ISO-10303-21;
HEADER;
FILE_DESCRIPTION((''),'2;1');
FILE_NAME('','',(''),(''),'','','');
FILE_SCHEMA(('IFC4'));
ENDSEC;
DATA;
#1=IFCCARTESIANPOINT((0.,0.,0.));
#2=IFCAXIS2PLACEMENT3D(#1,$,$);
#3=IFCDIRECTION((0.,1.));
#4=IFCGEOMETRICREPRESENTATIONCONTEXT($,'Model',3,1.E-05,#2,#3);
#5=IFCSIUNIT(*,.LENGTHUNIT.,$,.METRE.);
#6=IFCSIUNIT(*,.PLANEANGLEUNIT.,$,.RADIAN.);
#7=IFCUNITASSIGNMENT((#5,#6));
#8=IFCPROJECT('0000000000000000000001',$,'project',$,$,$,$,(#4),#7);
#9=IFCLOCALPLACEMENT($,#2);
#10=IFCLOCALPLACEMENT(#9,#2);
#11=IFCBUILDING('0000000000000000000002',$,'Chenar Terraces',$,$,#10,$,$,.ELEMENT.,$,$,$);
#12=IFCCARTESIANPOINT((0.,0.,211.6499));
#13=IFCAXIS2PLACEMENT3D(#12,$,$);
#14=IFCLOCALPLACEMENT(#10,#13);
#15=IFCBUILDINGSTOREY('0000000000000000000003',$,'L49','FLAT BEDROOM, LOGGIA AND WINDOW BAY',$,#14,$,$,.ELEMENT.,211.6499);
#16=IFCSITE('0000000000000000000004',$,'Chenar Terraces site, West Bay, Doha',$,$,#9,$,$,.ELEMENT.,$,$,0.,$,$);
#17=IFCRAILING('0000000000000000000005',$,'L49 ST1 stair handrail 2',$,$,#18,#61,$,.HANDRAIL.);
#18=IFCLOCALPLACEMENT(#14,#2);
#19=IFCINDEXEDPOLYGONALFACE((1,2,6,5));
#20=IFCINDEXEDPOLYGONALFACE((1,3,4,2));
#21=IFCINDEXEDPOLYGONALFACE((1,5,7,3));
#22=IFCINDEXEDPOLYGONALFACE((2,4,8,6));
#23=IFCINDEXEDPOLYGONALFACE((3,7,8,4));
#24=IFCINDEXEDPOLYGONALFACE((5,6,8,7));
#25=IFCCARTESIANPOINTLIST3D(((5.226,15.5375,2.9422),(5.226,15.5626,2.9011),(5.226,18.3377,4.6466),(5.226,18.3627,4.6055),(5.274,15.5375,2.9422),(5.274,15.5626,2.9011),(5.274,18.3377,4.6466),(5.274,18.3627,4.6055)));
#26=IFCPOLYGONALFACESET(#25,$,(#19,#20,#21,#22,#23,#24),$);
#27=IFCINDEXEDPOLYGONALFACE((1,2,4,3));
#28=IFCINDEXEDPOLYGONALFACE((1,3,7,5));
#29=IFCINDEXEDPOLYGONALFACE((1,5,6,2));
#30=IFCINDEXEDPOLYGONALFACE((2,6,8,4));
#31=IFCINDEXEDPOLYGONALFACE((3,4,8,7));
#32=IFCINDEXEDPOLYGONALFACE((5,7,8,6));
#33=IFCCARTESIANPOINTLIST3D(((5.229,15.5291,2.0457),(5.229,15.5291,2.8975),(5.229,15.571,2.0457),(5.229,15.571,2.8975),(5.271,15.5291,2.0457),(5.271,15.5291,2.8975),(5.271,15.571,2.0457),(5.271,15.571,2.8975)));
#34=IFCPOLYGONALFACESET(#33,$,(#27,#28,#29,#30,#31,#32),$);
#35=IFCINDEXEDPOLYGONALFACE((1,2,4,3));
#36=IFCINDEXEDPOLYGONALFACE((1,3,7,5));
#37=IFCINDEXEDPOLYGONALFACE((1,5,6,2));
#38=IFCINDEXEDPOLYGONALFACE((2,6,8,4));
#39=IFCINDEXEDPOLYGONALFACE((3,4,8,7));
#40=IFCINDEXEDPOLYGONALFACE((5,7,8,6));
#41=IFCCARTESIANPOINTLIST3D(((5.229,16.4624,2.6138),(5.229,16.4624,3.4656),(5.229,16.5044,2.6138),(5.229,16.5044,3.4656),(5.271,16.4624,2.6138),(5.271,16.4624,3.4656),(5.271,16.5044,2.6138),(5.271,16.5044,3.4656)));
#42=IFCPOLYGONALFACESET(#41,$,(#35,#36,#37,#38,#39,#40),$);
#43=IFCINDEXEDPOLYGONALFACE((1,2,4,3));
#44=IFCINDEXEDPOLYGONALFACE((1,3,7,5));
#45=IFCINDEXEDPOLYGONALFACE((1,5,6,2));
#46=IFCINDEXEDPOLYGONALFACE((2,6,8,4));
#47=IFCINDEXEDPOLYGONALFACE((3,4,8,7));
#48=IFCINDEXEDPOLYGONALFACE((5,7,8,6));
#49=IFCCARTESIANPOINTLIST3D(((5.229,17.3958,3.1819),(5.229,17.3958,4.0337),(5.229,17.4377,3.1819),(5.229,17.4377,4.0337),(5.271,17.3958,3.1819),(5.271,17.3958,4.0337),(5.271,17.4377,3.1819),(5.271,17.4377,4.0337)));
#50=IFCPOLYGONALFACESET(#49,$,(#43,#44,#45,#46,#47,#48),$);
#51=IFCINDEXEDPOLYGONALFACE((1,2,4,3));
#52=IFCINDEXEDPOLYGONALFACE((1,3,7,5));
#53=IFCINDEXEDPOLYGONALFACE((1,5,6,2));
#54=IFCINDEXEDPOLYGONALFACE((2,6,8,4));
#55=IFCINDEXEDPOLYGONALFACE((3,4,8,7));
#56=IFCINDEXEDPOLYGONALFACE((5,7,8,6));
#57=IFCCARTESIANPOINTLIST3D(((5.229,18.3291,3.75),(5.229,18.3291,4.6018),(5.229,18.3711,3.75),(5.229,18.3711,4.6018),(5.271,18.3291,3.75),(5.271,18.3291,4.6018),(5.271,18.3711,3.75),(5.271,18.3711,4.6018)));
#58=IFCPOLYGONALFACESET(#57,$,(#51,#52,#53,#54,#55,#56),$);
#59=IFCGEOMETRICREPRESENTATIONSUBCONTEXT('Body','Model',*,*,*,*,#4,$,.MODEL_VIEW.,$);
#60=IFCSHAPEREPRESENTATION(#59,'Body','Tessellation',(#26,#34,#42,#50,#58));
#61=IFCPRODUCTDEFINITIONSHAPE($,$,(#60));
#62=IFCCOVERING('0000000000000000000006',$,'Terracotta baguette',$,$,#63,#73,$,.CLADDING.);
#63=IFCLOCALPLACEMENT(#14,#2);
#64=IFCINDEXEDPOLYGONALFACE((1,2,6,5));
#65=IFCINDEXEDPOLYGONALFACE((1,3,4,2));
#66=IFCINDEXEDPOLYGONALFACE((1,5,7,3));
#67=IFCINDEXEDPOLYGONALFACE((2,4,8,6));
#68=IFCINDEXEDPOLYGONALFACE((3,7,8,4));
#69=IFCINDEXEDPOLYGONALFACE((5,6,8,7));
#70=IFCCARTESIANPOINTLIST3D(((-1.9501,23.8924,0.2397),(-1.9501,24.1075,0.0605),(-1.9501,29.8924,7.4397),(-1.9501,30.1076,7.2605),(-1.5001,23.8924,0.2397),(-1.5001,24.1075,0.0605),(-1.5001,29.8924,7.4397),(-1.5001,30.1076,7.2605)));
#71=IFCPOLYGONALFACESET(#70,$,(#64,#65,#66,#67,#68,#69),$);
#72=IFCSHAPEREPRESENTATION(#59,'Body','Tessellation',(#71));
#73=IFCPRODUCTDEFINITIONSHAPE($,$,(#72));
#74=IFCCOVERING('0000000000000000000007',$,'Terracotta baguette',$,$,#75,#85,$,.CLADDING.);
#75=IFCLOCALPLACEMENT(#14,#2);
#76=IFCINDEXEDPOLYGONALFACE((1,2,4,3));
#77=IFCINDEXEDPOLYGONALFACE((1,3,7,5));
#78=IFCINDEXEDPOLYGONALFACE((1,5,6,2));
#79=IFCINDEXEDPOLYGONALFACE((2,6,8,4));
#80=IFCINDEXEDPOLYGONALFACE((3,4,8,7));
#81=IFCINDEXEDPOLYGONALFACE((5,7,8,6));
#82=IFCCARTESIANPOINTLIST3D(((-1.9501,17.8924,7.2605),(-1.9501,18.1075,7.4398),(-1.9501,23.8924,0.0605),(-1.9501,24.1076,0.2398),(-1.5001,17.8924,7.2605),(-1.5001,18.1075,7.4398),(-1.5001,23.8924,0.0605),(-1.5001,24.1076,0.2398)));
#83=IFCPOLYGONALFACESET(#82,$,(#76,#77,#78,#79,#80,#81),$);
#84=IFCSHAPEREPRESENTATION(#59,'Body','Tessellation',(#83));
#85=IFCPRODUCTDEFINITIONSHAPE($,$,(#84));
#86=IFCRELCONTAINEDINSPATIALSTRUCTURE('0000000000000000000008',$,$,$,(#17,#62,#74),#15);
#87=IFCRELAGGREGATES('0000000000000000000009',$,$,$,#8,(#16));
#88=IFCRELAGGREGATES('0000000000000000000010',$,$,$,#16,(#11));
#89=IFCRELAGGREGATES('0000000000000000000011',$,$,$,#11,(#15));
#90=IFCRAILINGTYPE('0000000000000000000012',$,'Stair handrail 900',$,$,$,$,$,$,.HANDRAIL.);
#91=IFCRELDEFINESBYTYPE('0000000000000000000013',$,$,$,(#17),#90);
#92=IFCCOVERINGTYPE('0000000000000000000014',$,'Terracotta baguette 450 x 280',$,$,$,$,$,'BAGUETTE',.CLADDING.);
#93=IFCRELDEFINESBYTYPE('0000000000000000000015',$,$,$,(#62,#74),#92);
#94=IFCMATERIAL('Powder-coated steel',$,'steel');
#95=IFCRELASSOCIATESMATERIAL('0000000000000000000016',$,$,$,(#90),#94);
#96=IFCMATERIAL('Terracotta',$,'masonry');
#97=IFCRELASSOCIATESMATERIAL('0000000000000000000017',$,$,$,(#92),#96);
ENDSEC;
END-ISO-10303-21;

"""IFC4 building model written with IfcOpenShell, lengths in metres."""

from ifc_helpers import new_model, si_unit, direction, frame, origin, origin_2d, place, context, subcontext, project, spatial, rectangle, extrude, material, material_profile, profile_set, type_object, element, save


model = new_model("IFC4")

# Units and contexts
model_context = context("Model", 3, precision=1e-05, world=origin(), true_north=direction((0.0, 1.0)))
body_context = subcontext(model_context, "Body", "Model", "MODEL_VIEW")
ifc_project = project(units=[si_unit("LENGTHUNIT", "METRE"), si_unit("PLANEANGLEUNIT", "RADIAN")], contexts=[model_context])

# Site, building, storey
site_placement = place(None, origin())
site = spatial("IfcSite", under=ifc_project, at=site_placement, Name="Chenar Terraces site, West Bay, Doha", CompositionType="ELEMENT", RefElevation=0.0)
building_placement = place(site_placement, origin())
building = spatial("IfcBuilding", under=site, at=building_placement, Name="Chenar Terraces", CompositionType="ELEMENT")
storey_placement = place(building_placement, frame((0.0, 0.0, 211.6499)))
storey = spatial("IfcBuildingStorey", under=building, at=storey_placement, Name="L49", Description="FLAT BEDROOM, LOGGIA AND WINDOW BAY", CompositionType="ELEMENT", Elevation=211.6499)

# Railing
ifc_material_1 = material(Name="Powder-coated steel", Category="steel")
railing_type_1 = type_object("IfcRailingType", Name="Stair handrail 900", PredefinedType="HANDRAIL", material=ifc_material_1)
railing_1_placement = place(storey_placement, frame((5.25, 15.55, 2.0457)))
element("IfcRailing", 1, at=railing_1_placement, inside=storey, type_object=railing_type_1, Name="L49 ST1 stair handrail 2", PredefinedType="HANDRAIL", context=body_context, shape_type="SweptSolid", body=[
    extrude(rectangle(XDim=0.0481, YDim=0.0481, at=origin_2d()), frame((0.0, 0.0, 0.876), z_axis=(0.0, 0.854203, 0.51994), x_axis=(-1.0, 0.0, 0.0)), (0.0, 0.0, 1.0), 3.2781),
    extrude(rectangle(XDim=0.042, YDim=0.042, at=origin_2d()), origin(), (0.0, 0.0, 1.0), 0.8518),
    extrude(rectangle(XDim=0.042, YDim=0.042, at=origin_2d()), frame((0.0, 0.9333, 0.5681)), (0.0, 0.0, 1.0), 0.8518),
    extrude(rectangle(XDim=0.042, YDim=0.042, at=origin_2d()), frame((0.0, 1.8667, 1.1362)), (0.0, 0.0, 1.0), 0.8518),
    extrude(rectangle(XDim=0.042, YDim=0.042, at=origin_2d()), frame((0.0, 2.8, 1.7043)), (0.0, 0.0, 1.0), 0.8518),
])

# Coverings
ifc_material_2 = material(Name="Terracotta", Category="masonry")
ifc_material_profile_1 = material_profile(ifc_material_2, rectangle(XDim=0.45, YDim=0.28, at=origin_2d()), Name="Terracotta baguette 450 x 280")
ifc_profile_set_1 = profile_set([ifc_material_profile_1], Name="Terracotta")
covering_type = type_object("IfcCoveringType", Name="Terracotta baguette 450 x 280", ElementType="BAGUETTE", PredefinedType="CLADDING", material=ifc_profile_set_1)
for number, where, z_axis, x_axis, name in (
    (2, (-1.7251, 30.0, 7.3501), (0.0, -0.640187, -0.768219), (1.0, 0.0, 0.0), "Terracotta baguette"),
    (3, (-1.7251, 24.0, 0.1501), (0.0, -0.640187, 0.768219), (1.0, 0.0, 0.0), "Terracotta baguette"),
):
    element("IfcCovering", number, at=place(storey_placement, frame(where, z_axis=z_axis, x_axis=x_axis)), inside=storey, type_object=covering_type, Name=name, PredefinedType="CLADDING", context=body_context, shape_type="SweptSolid", body=[
        extrude(rectangle(XDim=0.45, YDim=0.28, at=origin_2d()), origin(), (0.0, 0.0, 1.0), 9.3723),
    ])

save(model, "model.ifc")
